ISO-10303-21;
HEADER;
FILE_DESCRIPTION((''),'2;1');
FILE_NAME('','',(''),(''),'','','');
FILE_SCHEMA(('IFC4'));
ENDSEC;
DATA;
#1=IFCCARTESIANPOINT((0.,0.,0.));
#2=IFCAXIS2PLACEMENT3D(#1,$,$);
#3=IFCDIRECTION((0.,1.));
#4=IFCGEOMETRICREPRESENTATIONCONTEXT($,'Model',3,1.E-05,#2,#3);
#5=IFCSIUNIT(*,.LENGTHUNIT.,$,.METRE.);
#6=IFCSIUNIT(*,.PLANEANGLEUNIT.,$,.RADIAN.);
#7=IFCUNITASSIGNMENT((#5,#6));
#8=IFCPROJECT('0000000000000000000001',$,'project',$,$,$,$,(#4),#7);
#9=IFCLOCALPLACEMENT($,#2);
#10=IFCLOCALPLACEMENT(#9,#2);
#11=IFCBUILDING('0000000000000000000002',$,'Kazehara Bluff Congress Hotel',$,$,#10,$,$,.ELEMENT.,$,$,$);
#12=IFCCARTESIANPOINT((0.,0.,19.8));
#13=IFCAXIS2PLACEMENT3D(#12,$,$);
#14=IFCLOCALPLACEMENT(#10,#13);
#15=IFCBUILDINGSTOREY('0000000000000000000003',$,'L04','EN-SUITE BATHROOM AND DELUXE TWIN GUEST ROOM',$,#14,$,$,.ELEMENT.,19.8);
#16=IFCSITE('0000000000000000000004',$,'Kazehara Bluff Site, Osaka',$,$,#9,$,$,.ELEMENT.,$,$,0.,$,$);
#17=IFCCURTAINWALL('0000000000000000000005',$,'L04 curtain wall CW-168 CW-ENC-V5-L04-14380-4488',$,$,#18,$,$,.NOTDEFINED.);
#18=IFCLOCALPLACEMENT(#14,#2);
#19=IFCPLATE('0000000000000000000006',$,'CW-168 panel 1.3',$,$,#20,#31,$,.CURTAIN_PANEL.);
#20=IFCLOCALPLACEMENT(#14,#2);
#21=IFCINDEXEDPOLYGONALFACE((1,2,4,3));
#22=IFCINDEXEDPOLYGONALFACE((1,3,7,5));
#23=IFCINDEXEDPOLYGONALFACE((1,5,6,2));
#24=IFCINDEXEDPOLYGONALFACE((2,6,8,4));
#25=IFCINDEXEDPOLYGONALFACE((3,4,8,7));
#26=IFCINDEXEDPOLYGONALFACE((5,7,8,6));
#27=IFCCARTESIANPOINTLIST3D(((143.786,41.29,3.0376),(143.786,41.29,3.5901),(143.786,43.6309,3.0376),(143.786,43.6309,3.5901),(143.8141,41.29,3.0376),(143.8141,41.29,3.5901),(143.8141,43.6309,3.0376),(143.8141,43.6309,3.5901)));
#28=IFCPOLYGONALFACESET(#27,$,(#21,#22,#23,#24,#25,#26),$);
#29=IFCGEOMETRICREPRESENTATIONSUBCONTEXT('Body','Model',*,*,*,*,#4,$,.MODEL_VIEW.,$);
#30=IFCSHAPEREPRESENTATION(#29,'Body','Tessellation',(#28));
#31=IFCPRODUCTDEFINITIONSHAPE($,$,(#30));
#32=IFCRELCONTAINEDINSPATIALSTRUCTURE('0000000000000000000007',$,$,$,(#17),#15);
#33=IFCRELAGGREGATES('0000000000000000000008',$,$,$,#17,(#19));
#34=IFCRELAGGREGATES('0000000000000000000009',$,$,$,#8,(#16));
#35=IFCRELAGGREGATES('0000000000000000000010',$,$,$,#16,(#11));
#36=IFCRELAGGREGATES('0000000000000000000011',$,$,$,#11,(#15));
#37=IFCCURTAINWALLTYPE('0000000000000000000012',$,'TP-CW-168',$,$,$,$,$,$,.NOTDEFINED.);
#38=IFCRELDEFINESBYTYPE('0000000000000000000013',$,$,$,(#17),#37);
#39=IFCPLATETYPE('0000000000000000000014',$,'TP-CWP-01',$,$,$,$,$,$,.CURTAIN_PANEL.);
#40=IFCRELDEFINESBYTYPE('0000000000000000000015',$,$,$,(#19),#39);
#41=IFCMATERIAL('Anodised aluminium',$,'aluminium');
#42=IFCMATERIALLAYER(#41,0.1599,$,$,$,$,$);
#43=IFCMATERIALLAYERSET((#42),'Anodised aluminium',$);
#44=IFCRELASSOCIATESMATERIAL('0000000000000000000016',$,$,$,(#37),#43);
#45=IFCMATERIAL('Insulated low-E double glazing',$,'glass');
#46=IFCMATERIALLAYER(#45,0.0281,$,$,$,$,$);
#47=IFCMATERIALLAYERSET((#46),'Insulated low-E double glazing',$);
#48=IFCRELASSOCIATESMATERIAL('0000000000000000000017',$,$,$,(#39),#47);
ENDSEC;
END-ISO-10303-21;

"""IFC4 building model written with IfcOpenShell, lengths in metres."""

from ifc_helpers import new_model, si_unit, direction, frame, origin, origin_2d, place, context, subcontext, project, spatial, rectangle, extrude, material, layer, layer_set, type_object, element, aggregate, save


model = new_model("IFC4")

# Units and contexts
model_context = context("Model", 3, precision=1e-05, world=origin(), true_north=direction((0.0, 1.0)))
body_context = subcontext(model_context, "Body", "Model", "MODEL_VIEW")
ifc_project = project(units=[si_unit("LENGTHUNIT", "METRE"), si_unit("PLANEANGLEUNIT", "RADIAN")], contexts=[model_context])

# Site, building, storey
site_placement = place(None, origin())
site = spatial("IfcSite", under=ifc_project, at=site_placement, Name="Kazehara Bluff Site, Osaka", CompositionType="ELEMENT", RefElevation=0.0)
building_placement = place(site_placement, origin())
building = spatial("IfcBuilding", under=site, at=building_placement, Name="Kazehara Bluff Congress Hotel", CompositionType="ELEMENT")
storey_placement = place(building_placement, frame((0.0, 0.0, 19.8)))
storey = spatial("IfcBuildingStorey", under=building, at=storey_placement, Name="L04", Description="EN-SUITE BATHROOM AND DELUXE TWIN GUEST ROOM", CompositionType="ELEMENT", Elevation=19.8)

# Curtain wall
ifc_material_1 = material(Name="Anodised aluminium", Category="aluminium")
ifc_layer_1 = layer(ifc_material_1, 0.1599)
ifc_layer_set_1 = layer_set([ifc_layer_1], Name="Anodised aluminium")
curtain_wall_type_1 = type_object("IfcCurtainWallType", Name="TP-CW-168", PredefinedType="NOTDEFINED", material=ifc_layer_set_1)
curtain_wall_1_placement = place(storey_placement, origin())
curtain_wall_1 = element("IfcCurtainWall", 1, at=curtain_wall_1_placement, inside=storey, type_object=curtain_wall_type_1, Name="L04 curtain wall CW-168 CW-ENC-V5-L04-14380-4488", PredefinedType="NOTDEFINED")

# Plate
ifc_material_2 = material(Name="Insulated low-E double glazing", Category="glass")
ifc_layer_2 = layer(ifc_material_2, 0.0281)
ifc_layer_set_2 = layer_set([ifc_layer_2], Name="Insulated low-E double glazing")
plate_type = type_object("IfcPlateType", Name="TP-CWP-01", PredefinedType="CURTAIN_PANEL", material=ifc_layer_set_2)
plate_1_placement = place(storey_placement, frame((143.8, 42.4604, 3.0376), z_axis=(0.0, 0.0, 1.0), x_axis=(0.0, 1.0, 0.0)))
plate_1 = element("IfcPlate", 2, at=plate_1_placement, type_object=plate_type, Name="CW-168 panel 1.3", PredefinedType="CURTAIN_PANEL", context=body_context, shape_type="SweptSolid", body=[
    extrude(rectangle(XDim=2.3408, YDim=0.0281, at=origin_2d()), origin(), (0.0, 0.0, 1.0), 0.5525),
])
aggregate(curtain_wall_1, [plate_1])

save(model, "model.ifc")
